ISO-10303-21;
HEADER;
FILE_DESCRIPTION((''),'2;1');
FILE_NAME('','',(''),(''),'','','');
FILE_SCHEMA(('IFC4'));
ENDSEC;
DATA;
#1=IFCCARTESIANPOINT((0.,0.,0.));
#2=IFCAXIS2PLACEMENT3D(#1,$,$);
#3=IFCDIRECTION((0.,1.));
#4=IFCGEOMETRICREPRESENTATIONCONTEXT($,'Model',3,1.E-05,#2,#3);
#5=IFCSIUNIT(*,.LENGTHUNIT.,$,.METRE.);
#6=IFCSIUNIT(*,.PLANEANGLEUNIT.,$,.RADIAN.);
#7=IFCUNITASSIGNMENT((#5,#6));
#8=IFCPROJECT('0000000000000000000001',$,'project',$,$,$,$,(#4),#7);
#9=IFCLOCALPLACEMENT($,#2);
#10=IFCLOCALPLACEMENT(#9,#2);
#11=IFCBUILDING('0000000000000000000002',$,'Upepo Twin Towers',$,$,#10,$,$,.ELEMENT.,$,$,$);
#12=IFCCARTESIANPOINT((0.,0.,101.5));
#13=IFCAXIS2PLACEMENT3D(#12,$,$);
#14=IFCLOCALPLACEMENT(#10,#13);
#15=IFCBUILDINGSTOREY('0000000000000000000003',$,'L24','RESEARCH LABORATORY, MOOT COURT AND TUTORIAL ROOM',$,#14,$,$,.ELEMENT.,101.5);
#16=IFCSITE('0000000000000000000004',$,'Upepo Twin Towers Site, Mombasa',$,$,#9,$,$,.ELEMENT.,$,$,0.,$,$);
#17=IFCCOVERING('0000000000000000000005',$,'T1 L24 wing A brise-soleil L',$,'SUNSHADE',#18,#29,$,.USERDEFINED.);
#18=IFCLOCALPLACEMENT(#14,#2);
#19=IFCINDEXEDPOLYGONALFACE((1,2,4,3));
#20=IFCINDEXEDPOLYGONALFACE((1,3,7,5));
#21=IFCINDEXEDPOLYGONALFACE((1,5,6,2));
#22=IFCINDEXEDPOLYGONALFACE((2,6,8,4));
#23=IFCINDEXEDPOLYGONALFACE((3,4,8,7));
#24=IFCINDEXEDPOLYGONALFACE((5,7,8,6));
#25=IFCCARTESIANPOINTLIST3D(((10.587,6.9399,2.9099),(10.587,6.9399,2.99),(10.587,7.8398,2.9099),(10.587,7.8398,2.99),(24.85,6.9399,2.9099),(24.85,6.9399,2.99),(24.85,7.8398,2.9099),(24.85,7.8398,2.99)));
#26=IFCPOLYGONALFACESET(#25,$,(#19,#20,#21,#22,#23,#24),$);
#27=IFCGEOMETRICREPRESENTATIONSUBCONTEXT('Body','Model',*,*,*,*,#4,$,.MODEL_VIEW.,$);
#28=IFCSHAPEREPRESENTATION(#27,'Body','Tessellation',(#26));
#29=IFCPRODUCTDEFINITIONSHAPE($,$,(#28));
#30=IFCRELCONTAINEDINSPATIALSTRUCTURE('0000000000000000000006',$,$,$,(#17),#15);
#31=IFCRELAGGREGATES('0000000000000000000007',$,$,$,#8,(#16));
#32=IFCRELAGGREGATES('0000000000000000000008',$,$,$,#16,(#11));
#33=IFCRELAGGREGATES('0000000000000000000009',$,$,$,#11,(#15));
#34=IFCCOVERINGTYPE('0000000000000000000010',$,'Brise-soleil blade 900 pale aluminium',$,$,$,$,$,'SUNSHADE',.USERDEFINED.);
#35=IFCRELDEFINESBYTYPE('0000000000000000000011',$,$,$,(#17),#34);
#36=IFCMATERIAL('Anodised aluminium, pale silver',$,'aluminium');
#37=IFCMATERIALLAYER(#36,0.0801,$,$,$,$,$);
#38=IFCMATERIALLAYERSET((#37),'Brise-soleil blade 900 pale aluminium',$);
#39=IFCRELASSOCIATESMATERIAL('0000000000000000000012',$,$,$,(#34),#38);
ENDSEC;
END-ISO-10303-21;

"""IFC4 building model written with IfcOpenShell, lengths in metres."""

from ifc_helpers import new_model, si_unit, direction, frame, origin, origin_2d, place, context, subcontext, project, spatial, rectangle, extrude, material, layer, layer_set, type_object, element, save


model = new_model("IFC4")

# Units and contexts
model_context = context("Model", 3, precision=1e-05, world=origin(), true_north=direction((0.0, 1.0)))
body_context = subcontext(model_context, "Body", "Model", "MODEL_VIEW")
ifc_project = project(units=[si_unit("LENGTHUNIT", "METRE"), si_unit("PLANEANGLEUNIT", "RADIAN")], contexts=[model_context])

# Site, building, storey
site_placement = place(None, origin())
site = spatial("IfcSite", under=ifc_project, at=site_placement, Name="Upepo Twin Towers Site, Mombasa", CompositionType="ELEMENT", RefElevation=0.0)
building_placement = place(site_placement, origin())
building = spatial("IfcBuilding", under=site, at=building_placement, Name="Upepo Twin Towers", CompositionType="ELEMENT")
storey_placement = place(building_placement, frame((0.0, 0.0, 101.5)))
storey = spatial("IfcBuildingStorey", under=building, at=storey_placement, Name="L24", Description="RESEARCH LABORATORY, MOOT COURT AND TUTORIAL ROOM", CompositionType="ELEMENT", Elevation=101.5)

# Covering
ifc_material_1 = material(Name="Anodised aluminium, pale silver", Category="aluminium")
ifc_layer_1 = layer(ifc_material_1, 0.0801)
ifc_layer_set_1 = layer_set([ifc_layer_1], Name="Brise-soleil blade 900 pale aluminium")
covering_type = type_object("IfcCoveringType", Name="Brise-soleil blade 900 pale aluminium", ElementType="SUNSHADE", PredefinedType="USERDEFINED", material=ifc_layer_set_1)
covering_placement = place(storey_placement, frame((17.7185, 7.3899, 2.9099), z_axis=(0.0, 0.0, 1.0), x_axis=(1.0, 0.0, 0.0)))
element("IfcCovering", 1, at=covering_placement, inside=storey, type_object=covering_type, Name="T1 L24 wing A brise-soleil L", ObjectType="SUNSHADE", PredefinedType="USERDEFINED", context=body_context, shape_type="SweptSolid", body=[
    extrude(rectangle(XDim=14.2629, YDim=0.8999, at=origin_2d()), origin(), (0.0, 0.0, 1.0), 0.0801),
])

save(model, "model.ifc")
